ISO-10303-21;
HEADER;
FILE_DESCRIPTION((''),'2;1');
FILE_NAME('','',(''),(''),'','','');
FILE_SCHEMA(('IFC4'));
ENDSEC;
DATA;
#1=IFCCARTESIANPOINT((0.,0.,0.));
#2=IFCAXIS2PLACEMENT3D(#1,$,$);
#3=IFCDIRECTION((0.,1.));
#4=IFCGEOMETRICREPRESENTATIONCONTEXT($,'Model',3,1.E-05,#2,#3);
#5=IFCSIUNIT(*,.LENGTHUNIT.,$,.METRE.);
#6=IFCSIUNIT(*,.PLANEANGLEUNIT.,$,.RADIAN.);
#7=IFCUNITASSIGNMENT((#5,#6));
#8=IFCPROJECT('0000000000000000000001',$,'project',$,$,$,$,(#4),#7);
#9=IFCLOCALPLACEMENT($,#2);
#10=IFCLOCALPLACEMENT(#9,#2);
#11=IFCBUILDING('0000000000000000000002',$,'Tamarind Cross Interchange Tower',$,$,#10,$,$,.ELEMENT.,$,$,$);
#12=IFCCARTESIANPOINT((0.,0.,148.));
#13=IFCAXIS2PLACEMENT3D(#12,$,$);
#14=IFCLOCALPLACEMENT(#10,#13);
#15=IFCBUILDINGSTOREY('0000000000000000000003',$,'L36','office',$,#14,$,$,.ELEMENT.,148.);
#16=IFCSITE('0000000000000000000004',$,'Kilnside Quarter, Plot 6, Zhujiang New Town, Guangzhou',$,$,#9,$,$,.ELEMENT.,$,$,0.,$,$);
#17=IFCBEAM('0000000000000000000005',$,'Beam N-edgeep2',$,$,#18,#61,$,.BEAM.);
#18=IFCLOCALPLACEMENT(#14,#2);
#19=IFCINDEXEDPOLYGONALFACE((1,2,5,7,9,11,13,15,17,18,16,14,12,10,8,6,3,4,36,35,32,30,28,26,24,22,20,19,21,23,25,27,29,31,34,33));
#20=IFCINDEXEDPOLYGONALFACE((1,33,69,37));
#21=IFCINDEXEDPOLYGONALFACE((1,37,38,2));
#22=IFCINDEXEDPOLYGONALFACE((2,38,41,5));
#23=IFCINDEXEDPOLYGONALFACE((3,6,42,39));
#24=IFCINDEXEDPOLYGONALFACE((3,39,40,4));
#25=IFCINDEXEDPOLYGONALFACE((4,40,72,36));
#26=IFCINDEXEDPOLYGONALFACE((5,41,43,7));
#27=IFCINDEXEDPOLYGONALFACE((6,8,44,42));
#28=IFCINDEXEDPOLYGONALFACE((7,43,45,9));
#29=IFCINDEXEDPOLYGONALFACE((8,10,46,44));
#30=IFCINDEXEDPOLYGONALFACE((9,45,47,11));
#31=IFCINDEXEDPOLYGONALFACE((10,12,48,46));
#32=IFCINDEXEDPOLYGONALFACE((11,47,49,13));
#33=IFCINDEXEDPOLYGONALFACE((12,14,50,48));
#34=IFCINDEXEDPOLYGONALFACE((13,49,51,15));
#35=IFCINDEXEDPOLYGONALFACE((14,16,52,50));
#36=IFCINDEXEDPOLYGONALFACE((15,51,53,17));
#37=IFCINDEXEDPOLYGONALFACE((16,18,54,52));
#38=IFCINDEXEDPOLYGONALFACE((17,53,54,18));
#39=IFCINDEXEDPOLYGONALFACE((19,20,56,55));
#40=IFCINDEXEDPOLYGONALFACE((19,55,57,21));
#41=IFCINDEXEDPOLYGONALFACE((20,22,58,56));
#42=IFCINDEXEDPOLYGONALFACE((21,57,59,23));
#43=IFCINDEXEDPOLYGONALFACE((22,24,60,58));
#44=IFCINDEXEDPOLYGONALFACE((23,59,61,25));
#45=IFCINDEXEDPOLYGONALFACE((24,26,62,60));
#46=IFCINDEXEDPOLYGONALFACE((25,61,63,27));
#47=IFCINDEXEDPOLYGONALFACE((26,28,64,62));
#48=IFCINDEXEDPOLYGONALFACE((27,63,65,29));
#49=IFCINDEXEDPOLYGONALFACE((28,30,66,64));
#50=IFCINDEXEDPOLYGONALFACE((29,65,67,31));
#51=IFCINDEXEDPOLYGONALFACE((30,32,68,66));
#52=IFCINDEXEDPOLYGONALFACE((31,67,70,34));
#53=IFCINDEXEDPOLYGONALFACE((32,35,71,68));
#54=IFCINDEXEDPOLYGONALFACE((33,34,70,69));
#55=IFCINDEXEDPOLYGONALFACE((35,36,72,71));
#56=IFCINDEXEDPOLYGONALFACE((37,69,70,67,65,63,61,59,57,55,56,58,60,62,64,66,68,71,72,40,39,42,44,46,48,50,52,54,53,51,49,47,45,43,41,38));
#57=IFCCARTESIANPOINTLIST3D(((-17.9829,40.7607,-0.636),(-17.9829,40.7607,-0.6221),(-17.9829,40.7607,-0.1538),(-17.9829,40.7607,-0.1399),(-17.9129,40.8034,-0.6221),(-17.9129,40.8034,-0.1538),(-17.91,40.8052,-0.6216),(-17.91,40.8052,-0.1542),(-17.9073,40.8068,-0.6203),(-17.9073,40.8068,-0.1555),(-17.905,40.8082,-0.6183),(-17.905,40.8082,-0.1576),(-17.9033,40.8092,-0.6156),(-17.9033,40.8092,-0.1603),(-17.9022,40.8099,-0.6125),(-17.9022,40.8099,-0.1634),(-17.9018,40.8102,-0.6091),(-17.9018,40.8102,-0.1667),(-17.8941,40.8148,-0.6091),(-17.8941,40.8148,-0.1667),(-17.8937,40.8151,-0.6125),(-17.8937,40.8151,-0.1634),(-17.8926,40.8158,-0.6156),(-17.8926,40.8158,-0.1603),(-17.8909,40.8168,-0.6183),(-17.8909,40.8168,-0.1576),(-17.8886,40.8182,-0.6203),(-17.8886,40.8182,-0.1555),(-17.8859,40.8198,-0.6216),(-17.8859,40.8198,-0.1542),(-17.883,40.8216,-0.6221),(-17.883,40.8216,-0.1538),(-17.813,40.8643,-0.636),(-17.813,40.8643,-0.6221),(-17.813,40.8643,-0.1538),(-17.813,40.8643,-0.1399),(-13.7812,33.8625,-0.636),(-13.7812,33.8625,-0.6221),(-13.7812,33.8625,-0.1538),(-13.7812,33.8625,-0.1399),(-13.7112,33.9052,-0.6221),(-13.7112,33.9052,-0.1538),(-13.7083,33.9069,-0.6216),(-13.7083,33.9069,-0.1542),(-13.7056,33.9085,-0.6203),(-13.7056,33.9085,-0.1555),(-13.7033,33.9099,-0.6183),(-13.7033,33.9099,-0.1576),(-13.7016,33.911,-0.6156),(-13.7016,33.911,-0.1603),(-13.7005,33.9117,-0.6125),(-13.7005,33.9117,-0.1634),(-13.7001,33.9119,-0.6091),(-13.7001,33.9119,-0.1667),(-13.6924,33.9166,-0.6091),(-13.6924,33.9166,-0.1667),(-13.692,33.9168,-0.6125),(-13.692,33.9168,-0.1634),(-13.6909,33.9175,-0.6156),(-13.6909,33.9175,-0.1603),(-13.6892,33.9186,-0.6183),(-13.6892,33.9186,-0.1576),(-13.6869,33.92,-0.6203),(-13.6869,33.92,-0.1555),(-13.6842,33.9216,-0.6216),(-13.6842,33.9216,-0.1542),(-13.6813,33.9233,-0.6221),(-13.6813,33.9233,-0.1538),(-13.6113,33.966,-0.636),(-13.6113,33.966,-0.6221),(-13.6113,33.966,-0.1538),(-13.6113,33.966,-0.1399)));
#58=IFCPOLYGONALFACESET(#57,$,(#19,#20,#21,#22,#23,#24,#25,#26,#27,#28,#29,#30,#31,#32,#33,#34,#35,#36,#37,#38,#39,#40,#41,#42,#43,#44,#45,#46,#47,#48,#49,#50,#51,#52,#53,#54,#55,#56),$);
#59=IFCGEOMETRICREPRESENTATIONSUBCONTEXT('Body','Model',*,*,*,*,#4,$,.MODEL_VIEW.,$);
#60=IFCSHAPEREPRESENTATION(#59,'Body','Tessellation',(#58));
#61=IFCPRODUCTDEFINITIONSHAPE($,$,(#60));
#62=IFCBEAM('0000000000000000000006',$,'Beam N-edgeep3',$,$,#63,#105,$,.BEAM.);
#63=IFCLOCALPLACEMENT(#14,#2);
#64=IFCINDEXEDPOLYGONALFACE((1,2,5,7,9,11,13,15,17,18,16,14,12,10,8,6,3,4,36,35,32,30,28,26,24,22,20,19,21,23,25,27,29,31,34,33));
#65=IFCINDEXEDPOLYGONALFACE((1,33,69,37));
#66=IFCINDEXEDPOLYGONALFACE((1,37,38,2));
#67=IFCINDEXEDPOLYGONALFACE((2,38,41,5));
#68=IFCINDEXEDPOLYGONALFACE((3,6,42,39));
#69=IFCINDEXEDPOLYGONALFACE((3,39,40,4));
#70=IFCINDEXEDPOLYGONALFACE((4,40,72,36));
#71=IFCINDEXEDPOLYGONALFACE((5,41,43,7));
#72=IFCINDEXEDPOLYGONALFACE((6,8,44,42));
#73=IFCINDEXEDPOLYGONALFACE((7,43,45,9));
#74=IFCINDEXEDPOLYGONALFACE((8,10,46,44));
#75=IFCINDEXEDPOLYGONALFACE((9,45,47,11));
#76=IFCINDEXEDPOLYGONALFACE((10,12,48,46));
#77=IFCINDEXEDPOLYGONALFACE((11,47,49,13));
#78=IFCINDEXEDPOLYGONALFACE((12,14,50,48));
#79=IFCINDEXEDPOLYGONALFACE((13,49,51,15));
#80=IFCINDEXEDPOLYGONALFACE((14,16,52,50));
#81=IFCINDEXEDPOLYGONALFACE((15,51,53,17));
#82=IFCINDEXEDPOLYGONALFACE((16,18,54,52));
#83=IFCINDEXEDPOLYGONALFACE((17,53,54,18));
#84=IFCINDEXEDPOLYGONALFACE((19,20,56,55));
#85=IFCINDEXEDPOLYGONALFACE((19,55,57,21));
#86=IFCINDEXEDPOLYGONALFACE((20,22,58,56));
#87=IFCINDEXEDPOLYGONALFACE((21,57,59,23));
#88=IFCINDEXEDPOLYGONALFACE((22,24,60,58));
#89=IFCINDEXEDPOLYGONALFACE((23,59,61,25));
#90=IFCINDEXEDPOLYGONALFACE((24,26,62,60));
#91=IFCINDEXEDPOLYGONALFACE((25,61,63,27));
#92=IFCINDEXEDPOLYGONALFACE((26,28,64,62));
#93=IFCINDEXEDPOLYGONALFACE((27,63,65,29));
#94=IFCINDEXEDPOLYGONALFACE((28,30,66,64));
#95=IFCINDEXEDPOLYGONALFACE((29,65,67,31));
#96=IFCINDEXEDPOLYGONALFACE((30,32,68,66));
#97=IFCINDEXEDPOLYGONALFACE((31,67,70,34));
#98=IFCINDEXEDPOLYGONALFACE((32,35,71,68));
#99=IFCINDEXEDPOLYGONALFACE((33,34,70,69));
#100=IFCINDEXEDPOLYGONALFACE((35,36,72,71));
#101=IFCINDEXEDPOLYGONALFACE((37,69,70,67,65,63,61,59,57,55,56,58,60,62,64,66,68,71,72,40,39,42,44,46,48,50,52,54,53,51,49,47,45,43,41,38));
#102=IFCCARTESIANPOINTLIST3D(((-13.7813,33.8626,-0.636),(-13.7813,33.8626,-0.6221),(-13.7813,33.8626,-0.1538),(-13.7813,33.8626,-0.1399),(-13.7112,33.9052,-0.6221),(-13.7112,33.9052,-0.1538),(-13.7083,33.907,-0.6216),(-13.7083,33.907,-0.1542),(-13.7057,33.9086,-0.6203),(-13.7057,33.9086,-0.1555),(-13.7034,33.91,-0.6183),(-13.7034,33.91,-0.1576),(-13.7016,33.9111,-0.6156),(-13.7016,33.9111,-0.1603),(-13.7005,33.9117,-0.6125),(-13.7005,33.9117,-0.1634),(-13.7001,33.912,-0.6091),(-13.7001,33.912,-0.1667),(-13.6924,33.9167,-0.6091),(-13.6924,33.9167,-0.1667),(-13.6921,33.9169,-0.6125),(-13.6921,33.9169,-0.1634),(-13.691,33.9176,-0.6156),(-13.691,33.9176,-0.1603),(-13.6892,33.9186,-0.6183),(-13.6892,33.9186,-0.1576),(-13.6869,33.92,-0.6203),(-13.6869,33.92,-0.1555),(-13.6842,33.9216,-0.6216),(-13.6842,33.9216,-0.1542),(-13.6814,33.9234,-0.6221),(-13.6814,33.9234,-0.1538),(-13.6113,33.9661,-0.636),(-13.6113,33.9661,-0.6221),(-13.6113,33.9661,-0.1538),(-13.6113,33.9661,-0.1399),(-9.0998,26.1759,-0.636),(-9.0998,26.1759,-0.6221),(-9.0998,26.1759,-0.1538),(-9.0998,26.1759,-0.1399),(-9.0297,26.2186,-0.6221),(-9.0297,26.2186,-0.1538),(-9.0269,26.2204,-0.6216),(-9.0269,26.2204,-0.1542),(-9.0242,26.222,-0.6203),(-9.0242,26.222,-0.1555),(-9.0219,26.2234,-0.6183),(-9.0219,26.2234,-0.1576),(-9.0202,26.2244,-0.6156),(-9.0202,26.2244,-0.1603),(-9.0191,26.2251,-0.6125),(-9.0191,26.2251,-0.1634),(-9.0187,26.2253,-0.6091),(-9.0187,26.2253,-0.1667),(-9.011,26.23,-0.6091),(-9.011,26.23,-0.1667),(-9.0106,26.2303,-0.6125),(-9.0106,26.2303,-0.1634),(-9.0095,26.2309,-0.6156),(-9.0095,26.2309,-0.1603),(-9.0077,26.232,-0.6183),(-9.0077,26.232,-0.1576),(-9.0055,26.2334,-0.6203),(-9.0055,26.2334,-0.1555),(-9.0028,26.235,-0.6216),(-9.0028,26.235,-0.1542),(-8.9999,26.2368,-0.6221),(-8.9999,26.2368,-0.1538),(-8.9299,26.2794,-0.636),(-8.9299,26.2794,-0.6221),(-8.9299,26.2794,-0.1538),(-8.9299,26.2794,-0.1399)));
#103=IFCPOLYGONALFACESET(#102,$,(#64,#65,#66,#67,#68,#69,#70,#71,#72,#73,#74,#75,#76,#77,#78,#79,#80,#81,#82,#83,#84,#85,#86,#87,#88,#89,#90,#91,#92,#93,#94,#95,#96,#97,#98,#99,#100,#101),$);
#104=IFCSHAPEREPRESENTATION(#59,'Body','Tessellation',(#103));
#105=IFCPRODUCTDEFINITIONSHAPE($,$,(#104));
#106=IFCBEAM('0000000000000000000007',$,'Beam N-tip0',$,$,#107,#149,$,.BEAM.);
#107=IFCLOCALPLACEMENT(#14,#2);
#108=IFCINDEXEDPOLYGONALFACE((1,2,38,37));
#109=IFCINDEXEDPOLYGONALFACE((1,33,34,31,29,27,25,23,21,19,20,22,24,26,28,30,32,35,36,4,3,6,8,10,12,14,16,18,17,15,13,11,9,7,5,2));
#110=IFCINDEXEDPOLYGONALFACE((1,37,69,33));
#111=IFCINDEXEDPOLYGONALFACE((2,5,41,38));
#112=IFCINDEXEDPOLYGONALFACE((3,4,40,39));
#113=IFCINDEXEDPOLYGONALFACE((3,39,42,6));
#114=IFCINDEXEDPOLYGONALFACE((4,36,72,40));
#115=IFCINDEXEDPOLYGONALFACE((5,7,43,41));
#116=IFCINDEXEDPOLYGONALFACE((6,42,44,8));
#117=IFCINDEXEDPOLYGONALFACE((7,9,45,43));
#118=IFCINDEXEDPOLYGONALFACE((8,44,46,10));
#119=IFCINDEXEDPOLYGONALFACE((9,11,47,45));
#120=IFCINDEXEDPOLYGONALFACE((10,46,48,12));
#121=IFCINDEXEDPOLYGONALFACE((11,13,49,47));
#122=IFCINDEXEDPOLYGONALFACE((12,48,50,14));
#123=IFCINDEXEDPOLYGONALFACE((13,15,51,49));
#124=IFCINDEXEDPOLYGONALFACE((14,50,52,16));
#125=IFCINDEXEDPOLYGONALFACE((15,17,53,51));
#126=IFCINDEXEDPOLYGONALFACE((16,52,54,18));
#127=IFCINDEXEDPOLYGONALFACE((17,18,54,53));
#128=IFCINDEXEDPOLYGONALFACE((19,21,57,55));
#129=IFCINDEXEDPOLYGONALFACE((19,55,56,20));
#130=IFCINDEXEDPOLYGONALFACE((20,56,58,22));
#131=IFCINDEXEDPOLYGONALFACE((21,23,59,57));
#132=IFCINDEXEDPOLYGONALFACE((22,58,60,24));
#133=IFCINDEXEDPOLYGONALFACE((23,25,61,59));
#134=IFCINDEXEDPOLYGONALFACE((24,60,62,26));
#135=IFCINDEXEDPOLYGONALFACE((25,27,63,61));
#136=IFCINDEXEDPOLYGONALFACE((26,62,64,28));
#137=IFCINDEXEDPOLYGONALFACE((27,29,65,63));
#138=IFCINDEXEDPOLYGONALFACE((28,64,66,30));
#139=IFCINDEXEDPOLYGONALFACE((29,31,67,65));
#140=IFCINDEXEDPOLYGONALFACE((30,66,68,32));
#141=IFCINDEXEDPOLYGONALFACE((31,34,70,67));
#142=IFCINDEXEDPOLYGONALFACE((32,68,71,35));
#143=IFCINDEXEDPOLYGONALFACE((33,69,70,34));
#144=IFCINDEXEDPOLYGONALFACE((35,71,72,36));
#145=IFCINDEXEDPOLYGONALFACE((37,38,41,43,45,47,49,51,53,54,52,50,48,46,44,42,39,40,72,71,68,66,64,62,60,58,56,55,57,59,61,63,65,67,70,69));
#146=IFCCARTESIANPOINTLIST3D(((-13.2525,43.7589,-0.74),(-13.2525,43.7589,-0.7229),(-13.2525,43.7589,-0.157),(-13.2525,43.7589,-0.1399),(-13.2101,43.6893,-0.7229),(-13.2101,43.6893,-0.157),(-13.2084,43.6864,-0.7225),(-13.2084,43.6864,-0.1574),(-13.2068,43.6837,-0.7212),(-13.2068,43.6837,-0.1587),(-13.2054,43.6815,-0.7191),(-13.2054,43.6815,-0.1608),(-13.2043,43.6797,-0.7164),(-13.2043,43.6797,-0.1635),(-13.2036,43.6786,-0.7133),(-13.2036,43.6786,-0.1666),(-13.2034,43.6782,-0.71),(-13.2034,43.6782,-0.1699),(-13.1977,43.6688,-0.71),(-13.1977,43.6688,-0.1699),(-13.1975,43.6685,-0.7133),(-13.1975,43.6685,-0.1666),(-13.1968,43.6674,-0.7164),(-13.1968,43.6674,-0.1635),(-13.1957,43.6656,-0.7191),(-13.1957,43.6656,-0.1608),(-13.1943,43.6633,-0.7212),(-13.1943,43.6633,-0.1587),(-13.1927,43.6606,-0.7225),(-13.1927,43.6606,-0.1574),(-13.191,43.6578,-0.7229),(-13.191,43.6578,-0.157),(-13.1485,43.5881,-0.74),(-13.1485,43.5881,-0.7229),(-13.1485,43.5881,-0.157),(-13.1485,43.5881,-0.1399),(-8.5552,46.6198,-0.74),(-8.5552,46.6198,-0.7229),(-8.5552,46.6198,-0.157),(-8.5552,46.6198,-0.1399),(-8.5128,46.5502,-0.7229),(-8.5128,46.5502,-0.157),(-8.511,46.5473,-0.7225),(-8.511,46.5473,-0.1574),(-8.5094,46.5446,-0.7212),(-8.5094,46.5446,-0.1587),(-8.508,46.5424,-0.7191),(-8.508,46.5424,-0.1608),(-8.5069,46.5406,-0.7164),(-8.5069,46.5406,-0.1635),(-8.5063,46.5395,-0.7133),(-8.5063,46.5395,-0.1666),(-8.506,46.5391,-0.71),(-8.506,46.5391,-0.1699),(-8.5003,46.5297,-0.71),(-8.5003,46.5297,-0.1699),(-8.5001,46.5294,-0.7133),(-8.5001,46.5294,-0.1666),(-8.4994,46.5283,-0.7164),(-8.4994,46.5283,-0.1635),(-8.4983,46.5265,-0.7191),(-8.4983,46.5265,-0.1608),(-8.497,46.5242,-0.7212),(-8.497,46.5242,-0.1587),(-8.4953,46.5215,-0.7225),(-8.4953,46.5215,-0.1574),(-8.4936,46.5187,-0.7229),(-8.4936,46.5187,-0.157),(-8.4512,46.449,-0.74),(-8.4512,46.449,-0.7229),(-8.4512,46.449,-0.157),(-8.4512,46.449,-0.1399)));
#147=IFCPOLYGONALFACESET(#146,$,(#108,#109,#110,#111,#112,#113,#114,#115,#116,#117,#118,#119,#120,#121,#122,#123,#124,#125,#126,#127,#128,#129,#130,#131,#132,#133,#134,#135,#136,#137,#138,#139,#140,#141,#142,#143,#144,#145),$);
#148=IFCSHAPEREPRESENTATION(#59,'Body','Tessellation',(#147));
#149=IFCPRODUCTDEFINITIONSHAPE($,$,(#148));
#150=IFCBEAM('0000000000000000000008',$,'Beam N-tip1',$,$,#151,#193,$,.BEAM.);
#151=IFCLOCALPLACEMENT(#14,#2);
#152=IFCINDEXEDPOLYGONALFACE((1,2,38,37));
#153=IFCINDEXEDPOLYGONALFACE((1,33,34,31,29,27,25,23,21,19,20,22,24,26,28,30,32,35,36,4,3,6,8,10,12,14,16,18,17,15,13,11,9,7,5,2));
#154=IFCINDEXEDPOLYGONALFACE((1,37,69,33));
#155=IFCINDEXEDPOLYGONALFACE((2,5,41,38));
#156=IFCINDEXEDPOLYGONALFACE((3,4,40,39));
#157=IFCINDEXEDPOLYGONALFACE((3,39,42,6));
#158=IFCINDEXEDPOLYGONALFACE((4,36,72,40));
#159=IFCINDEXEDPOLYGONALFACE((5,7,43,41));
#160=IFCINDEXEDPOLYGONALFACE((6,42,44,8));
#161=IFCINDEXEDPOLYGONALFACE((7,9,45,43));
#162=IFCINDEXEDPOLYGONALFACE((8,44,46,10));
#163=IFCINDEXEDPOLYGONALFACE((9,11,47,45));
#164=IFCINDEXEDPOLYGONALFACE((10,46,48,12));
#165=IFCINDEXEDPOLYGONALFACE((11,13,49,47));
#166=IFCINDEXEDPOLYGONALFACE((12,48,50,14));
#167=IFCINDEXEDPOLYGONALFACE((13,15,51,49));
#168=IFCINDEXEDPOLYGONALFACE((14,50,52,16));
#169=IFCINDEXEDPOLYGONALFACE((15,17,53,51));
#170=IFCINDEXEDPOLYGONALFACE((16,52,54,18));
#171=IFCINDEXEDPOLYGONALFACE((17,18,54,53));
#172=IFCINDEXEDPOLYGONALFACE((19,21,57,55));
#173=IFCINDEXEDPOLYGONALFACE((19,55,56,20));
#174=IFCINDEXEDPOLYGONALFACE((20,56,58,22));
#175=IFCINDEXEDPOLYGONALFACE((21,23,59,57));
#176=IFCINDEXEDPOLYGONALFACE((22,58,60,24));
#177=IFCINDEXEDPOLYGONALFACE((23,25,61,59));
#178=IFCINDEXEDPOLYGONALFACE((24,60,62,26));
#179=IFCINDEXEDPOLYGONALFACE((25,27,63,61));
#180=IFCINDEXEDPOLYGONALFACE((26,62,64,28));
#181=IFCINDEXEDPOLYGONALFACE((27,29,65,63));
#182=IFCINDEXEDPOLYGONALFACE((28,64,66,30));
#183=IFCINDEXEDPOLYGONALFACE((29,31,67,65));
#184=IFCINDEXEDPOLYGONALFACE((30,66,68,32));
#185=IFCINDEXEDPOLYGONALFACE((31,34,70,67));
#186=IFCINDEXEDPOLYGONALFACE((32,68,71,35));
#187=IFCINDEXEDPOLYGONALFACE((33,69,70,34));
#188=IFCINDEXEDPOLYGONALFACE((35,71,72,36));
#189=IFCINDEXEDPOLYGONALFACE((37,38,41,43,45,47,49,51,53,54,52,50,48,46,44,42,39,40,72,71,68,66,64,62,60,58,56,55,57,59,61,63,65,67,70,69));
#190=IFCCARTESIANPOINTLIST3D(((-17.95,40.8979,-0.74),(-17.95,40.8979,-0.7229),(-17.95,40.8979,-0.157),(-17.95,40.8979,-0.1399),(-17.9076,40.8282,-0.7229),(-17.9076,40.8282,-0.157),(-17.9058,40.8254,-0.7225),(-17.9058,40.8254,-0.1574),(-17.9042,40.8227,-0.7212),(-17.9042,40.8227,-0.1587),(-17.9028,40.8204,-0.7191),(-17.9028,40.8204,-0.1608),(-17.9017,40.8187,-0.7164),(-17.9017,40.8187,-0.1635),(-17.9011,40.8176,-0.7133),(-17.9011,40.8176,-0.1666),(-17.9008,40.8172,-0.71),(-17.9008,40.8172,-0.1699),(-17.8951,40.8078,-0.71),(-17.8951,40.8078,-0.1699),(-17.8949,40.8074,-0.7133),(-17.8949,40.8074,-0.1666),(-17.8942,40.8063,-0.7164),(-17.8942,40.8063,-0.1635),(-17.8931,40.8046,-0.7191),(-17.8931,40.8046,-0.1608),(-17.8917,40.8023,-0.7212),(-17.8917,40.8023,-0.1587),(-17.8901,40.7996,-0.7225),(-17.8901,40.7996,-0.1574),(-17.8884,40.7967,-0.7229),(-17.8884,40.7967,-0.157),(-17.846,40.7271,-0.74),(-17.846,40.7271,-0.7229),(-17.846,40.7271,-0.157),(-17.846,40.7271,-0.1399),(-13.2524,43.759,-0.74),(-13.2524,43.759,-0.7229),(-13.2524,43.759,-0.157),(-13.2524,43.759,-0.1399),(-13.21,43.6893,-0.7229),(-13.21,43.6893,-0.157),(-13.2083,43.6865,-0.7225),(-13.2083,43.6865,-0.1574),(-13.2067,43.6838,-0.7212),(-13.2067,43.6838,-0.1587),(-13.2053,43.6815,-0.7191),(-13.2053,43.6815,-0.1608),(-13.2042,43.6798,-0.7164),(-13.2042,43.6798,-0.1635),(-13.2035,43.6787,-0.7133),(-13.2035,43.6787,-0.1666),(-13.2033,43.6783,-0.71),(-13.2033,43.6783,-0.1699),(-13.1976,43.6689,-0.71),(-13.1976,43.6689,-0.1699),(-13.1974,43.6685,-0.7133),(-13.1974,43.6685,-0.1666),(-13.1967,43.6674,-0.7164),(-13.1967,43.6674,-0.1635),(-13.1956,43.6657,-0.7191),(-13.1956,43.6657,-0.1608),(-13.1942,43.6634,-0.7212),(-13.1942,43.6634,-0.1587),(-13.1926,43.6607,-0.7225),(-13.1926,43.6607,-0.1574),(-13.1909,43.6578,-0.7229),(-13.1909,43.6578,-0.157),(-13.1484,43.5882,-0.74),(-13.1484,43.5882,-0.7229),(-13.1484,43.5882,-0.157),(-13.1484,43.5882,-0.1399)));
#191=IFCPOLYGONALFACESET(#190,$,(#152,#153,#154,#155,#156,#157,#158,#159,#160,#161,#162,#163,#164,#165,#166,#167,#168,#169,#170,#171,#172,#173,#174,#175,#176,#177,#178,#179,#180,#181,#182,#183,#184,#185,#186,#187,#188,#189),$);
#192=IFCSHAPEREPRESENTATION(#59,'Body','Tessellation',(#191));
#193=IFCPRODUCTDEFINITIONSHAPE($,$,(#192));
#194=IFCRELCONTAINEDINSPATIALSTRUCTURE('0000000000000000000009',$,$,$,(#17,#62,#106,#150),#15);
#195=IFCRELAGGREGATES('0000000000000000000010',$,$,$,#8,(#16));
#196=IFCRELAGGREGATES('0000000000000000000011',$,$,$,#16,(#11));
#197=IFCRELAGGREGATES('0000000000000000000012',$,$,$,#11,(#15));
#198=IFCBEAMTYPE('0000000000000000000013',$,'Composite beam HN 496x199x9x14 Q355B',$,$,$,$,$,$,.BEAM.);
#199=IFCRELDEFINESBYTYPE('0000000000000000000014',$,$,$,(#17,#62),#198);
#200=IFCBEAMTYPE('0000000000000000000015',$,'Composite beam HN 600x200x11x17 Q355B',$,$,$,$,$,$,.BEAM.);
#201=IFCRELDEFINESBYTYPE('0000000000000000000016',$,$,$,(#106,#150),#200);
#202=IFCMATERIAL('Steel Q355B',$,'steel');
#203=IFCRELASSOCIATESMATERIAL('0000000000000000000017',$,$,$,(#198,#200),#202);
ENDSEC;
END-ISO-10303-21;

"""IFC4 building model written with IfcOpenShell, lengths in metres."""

from ifc_helpers import new_model, si_unit, direction, frame, origin, origin_2d, place, context, subcontext, project, spatial, i_section, extrude, material, material_profile, profile_set, type_object, element, save


model = new_model("IFC4")

# Units and contexts
model_context = context("Model", 3, precision=1e-05, world=origin(), true_north=direction((0.0, 1.0)))
body_context = subcontext(model_context, "Body", "Model", "MODEL_VIEW")
ifc_project = project(units=[si_unit("LENGTHUNIT", "METRE"), si_unit("PLANEANGLEUNIT", "RADIAN")], contexts=[model_context])

# Site, building, storey
site_placement = place(None, origin())
site = spatial("IfcSite", under=ifc_project, at=site_placement, Name="Kilnside Quarter, Plot 6, Zhujiang New Town, Guangzhou", CompositionType="ELEMENT", RefElevation=0.0)
building_placement = place(site_placement, origin())
building = spatial("IfcBuilding", under=site, at=building_placement, Name="Tamarind Cross Interchange Tower", CompositionType="ELEMENT")
storey_placement = place(building_placement, frame((0.0, 0.0, 148.0)))
storey = spatial("IfcBuildingStorey", under=building, at=storey_placement, Name="L36", Description="office", CompositionType="ELEMENT", Elevation=148.0)

# Beams
ifc_material_1 = material(Name="Steel Q355B", Category="steel")
ifc_material_profile_1 = material_profile(ifc_material_1, i_section(OverallWidth=0.199, OverallDepth=0.4961, WebThickness=0.009, FlangeThickness=0.0139, FilletRadius=0.0129, at=origin_2d()), Name="HN 496x199x9x14")
ifc_profile_set_1 = profile_set([ifc_material_profile_1], Name="Steel Q355B")
beam_type_1 = type_object("IfcBeamType", Name="Composite beam HN 496x199x9x14 Q355B", PredefinedType="BEAM", material=ifc_profile_set_1)
beam_1_placement = place(storey_placement, frame((-17.8979, 40.8125, -0.3879), z_axis=(0.520196, -0.854047, 0.0), x_axis=(0.854047, 0.520196, 0.0)))
element("IfcBeam", 1, at=beam_1_placement, inside=storey, type_object=beam_type_1, Name="Beam N-edgeep2", PredefinedType="BEAM", context=body_context, shape_type="SweptSolid", body=[
    extrude(i_section(OverallWidth=0.199, OverallDepth=0.4961, WebThickness=0.009, FlangeThickness=0.0139, FilletRadius=0.0129, at=origin_2d()), origin(), (0.0, 0.0, 1.0), 8.0771),
])
beam_2_placement = place(storey_placement, frame((-13.6963, 33.9143, -0.3879), z_axis=(0.520161, -0.854068, 0.0), x_axis=(0.854068, 0.520161, 0.0)))
element("IfcBeam", 2, at=beam_2_placement, inside=storey, type_object=beam_type_1, Name="Beam N-edgeep3", PredefinedType="BEAM", context=body_context, shape_type="SweptSolid", body=[
    extrude(i_section(OverallWidth=0.199, OverallDepth=0.4961, WebThickness=0.009, FlangeThickness=0.0139, FilletRadius=0.0129, at=origin_2d()), origin(), (0.0, 0.0, 1.0), 9.0),
])
ifc_material_profile_2 = material_profile(ifc_material_1, i_section(OverallWidth=0.2, OverallDepth=0.6001, WebThickness=0.011, FlangeThickness=0.0171, FilletRadius=0.0129, at=origin_2d()), Name="HN 600x200x11x17")
ifc_profile_set_2 = profile_set([ifc_material_profile_2], Name="Steel Q355B")
beam_type_2 = type_object("IfcBeamType", Name="Composite beam HN 600x200x11x17 Q355B", PredefinedType="BEAM", material=ifc_profile_set_2)
beam_3_placement = place(storey_placement, frame((-8.5032, 46.5344, -0.4399), z_axis=(-0.854067, -0.520164, 0.0), x_axis=(0.520164, -0.854067, 0.0)))
element("IfcBeam", 3, at=beam_3_placement, inside=storey, type_object=beam_type_2, Name="Beam N-tip0", PredefinedType="BEAM", context=body_context, shape_type="SweptSolid", body=[
    extrude(i_section(OverallWidth=0.2, OverallDepth=0.6001, WebThickness=0.011, FlangeThickness=0.0171, FilletRadius=0.0129, at=origin_2d()), origin(), (0.0, 0.0, 1.0), 5.5),
])
beam_4_placement = place(storey_placement, frame((-13.2004, 43.6736, -0.4399), z_axis=(-0.854059, -0.520176, 0.0), x_axis=(0.520176, -0.854059, 0.0)))
element("IfcBeam", 4, at=beam_4_placement, inside=storey, type_object=beam_type_2, Name="Beam N-tip1", PredefinedType="BEAM", context=body_context, shape_type="SweptSolid", body=[
    extrude(i_section(OverallWidth=0.2, OverallDepth=0.6001, WebThickness=0.011, FlangeThickness=0.0171, FilletRadius=0.0129, at=origin_2d()), origin(), (0.0, 0.0, 1.0), 5.5002),
])

save(model, "model.ifc")
